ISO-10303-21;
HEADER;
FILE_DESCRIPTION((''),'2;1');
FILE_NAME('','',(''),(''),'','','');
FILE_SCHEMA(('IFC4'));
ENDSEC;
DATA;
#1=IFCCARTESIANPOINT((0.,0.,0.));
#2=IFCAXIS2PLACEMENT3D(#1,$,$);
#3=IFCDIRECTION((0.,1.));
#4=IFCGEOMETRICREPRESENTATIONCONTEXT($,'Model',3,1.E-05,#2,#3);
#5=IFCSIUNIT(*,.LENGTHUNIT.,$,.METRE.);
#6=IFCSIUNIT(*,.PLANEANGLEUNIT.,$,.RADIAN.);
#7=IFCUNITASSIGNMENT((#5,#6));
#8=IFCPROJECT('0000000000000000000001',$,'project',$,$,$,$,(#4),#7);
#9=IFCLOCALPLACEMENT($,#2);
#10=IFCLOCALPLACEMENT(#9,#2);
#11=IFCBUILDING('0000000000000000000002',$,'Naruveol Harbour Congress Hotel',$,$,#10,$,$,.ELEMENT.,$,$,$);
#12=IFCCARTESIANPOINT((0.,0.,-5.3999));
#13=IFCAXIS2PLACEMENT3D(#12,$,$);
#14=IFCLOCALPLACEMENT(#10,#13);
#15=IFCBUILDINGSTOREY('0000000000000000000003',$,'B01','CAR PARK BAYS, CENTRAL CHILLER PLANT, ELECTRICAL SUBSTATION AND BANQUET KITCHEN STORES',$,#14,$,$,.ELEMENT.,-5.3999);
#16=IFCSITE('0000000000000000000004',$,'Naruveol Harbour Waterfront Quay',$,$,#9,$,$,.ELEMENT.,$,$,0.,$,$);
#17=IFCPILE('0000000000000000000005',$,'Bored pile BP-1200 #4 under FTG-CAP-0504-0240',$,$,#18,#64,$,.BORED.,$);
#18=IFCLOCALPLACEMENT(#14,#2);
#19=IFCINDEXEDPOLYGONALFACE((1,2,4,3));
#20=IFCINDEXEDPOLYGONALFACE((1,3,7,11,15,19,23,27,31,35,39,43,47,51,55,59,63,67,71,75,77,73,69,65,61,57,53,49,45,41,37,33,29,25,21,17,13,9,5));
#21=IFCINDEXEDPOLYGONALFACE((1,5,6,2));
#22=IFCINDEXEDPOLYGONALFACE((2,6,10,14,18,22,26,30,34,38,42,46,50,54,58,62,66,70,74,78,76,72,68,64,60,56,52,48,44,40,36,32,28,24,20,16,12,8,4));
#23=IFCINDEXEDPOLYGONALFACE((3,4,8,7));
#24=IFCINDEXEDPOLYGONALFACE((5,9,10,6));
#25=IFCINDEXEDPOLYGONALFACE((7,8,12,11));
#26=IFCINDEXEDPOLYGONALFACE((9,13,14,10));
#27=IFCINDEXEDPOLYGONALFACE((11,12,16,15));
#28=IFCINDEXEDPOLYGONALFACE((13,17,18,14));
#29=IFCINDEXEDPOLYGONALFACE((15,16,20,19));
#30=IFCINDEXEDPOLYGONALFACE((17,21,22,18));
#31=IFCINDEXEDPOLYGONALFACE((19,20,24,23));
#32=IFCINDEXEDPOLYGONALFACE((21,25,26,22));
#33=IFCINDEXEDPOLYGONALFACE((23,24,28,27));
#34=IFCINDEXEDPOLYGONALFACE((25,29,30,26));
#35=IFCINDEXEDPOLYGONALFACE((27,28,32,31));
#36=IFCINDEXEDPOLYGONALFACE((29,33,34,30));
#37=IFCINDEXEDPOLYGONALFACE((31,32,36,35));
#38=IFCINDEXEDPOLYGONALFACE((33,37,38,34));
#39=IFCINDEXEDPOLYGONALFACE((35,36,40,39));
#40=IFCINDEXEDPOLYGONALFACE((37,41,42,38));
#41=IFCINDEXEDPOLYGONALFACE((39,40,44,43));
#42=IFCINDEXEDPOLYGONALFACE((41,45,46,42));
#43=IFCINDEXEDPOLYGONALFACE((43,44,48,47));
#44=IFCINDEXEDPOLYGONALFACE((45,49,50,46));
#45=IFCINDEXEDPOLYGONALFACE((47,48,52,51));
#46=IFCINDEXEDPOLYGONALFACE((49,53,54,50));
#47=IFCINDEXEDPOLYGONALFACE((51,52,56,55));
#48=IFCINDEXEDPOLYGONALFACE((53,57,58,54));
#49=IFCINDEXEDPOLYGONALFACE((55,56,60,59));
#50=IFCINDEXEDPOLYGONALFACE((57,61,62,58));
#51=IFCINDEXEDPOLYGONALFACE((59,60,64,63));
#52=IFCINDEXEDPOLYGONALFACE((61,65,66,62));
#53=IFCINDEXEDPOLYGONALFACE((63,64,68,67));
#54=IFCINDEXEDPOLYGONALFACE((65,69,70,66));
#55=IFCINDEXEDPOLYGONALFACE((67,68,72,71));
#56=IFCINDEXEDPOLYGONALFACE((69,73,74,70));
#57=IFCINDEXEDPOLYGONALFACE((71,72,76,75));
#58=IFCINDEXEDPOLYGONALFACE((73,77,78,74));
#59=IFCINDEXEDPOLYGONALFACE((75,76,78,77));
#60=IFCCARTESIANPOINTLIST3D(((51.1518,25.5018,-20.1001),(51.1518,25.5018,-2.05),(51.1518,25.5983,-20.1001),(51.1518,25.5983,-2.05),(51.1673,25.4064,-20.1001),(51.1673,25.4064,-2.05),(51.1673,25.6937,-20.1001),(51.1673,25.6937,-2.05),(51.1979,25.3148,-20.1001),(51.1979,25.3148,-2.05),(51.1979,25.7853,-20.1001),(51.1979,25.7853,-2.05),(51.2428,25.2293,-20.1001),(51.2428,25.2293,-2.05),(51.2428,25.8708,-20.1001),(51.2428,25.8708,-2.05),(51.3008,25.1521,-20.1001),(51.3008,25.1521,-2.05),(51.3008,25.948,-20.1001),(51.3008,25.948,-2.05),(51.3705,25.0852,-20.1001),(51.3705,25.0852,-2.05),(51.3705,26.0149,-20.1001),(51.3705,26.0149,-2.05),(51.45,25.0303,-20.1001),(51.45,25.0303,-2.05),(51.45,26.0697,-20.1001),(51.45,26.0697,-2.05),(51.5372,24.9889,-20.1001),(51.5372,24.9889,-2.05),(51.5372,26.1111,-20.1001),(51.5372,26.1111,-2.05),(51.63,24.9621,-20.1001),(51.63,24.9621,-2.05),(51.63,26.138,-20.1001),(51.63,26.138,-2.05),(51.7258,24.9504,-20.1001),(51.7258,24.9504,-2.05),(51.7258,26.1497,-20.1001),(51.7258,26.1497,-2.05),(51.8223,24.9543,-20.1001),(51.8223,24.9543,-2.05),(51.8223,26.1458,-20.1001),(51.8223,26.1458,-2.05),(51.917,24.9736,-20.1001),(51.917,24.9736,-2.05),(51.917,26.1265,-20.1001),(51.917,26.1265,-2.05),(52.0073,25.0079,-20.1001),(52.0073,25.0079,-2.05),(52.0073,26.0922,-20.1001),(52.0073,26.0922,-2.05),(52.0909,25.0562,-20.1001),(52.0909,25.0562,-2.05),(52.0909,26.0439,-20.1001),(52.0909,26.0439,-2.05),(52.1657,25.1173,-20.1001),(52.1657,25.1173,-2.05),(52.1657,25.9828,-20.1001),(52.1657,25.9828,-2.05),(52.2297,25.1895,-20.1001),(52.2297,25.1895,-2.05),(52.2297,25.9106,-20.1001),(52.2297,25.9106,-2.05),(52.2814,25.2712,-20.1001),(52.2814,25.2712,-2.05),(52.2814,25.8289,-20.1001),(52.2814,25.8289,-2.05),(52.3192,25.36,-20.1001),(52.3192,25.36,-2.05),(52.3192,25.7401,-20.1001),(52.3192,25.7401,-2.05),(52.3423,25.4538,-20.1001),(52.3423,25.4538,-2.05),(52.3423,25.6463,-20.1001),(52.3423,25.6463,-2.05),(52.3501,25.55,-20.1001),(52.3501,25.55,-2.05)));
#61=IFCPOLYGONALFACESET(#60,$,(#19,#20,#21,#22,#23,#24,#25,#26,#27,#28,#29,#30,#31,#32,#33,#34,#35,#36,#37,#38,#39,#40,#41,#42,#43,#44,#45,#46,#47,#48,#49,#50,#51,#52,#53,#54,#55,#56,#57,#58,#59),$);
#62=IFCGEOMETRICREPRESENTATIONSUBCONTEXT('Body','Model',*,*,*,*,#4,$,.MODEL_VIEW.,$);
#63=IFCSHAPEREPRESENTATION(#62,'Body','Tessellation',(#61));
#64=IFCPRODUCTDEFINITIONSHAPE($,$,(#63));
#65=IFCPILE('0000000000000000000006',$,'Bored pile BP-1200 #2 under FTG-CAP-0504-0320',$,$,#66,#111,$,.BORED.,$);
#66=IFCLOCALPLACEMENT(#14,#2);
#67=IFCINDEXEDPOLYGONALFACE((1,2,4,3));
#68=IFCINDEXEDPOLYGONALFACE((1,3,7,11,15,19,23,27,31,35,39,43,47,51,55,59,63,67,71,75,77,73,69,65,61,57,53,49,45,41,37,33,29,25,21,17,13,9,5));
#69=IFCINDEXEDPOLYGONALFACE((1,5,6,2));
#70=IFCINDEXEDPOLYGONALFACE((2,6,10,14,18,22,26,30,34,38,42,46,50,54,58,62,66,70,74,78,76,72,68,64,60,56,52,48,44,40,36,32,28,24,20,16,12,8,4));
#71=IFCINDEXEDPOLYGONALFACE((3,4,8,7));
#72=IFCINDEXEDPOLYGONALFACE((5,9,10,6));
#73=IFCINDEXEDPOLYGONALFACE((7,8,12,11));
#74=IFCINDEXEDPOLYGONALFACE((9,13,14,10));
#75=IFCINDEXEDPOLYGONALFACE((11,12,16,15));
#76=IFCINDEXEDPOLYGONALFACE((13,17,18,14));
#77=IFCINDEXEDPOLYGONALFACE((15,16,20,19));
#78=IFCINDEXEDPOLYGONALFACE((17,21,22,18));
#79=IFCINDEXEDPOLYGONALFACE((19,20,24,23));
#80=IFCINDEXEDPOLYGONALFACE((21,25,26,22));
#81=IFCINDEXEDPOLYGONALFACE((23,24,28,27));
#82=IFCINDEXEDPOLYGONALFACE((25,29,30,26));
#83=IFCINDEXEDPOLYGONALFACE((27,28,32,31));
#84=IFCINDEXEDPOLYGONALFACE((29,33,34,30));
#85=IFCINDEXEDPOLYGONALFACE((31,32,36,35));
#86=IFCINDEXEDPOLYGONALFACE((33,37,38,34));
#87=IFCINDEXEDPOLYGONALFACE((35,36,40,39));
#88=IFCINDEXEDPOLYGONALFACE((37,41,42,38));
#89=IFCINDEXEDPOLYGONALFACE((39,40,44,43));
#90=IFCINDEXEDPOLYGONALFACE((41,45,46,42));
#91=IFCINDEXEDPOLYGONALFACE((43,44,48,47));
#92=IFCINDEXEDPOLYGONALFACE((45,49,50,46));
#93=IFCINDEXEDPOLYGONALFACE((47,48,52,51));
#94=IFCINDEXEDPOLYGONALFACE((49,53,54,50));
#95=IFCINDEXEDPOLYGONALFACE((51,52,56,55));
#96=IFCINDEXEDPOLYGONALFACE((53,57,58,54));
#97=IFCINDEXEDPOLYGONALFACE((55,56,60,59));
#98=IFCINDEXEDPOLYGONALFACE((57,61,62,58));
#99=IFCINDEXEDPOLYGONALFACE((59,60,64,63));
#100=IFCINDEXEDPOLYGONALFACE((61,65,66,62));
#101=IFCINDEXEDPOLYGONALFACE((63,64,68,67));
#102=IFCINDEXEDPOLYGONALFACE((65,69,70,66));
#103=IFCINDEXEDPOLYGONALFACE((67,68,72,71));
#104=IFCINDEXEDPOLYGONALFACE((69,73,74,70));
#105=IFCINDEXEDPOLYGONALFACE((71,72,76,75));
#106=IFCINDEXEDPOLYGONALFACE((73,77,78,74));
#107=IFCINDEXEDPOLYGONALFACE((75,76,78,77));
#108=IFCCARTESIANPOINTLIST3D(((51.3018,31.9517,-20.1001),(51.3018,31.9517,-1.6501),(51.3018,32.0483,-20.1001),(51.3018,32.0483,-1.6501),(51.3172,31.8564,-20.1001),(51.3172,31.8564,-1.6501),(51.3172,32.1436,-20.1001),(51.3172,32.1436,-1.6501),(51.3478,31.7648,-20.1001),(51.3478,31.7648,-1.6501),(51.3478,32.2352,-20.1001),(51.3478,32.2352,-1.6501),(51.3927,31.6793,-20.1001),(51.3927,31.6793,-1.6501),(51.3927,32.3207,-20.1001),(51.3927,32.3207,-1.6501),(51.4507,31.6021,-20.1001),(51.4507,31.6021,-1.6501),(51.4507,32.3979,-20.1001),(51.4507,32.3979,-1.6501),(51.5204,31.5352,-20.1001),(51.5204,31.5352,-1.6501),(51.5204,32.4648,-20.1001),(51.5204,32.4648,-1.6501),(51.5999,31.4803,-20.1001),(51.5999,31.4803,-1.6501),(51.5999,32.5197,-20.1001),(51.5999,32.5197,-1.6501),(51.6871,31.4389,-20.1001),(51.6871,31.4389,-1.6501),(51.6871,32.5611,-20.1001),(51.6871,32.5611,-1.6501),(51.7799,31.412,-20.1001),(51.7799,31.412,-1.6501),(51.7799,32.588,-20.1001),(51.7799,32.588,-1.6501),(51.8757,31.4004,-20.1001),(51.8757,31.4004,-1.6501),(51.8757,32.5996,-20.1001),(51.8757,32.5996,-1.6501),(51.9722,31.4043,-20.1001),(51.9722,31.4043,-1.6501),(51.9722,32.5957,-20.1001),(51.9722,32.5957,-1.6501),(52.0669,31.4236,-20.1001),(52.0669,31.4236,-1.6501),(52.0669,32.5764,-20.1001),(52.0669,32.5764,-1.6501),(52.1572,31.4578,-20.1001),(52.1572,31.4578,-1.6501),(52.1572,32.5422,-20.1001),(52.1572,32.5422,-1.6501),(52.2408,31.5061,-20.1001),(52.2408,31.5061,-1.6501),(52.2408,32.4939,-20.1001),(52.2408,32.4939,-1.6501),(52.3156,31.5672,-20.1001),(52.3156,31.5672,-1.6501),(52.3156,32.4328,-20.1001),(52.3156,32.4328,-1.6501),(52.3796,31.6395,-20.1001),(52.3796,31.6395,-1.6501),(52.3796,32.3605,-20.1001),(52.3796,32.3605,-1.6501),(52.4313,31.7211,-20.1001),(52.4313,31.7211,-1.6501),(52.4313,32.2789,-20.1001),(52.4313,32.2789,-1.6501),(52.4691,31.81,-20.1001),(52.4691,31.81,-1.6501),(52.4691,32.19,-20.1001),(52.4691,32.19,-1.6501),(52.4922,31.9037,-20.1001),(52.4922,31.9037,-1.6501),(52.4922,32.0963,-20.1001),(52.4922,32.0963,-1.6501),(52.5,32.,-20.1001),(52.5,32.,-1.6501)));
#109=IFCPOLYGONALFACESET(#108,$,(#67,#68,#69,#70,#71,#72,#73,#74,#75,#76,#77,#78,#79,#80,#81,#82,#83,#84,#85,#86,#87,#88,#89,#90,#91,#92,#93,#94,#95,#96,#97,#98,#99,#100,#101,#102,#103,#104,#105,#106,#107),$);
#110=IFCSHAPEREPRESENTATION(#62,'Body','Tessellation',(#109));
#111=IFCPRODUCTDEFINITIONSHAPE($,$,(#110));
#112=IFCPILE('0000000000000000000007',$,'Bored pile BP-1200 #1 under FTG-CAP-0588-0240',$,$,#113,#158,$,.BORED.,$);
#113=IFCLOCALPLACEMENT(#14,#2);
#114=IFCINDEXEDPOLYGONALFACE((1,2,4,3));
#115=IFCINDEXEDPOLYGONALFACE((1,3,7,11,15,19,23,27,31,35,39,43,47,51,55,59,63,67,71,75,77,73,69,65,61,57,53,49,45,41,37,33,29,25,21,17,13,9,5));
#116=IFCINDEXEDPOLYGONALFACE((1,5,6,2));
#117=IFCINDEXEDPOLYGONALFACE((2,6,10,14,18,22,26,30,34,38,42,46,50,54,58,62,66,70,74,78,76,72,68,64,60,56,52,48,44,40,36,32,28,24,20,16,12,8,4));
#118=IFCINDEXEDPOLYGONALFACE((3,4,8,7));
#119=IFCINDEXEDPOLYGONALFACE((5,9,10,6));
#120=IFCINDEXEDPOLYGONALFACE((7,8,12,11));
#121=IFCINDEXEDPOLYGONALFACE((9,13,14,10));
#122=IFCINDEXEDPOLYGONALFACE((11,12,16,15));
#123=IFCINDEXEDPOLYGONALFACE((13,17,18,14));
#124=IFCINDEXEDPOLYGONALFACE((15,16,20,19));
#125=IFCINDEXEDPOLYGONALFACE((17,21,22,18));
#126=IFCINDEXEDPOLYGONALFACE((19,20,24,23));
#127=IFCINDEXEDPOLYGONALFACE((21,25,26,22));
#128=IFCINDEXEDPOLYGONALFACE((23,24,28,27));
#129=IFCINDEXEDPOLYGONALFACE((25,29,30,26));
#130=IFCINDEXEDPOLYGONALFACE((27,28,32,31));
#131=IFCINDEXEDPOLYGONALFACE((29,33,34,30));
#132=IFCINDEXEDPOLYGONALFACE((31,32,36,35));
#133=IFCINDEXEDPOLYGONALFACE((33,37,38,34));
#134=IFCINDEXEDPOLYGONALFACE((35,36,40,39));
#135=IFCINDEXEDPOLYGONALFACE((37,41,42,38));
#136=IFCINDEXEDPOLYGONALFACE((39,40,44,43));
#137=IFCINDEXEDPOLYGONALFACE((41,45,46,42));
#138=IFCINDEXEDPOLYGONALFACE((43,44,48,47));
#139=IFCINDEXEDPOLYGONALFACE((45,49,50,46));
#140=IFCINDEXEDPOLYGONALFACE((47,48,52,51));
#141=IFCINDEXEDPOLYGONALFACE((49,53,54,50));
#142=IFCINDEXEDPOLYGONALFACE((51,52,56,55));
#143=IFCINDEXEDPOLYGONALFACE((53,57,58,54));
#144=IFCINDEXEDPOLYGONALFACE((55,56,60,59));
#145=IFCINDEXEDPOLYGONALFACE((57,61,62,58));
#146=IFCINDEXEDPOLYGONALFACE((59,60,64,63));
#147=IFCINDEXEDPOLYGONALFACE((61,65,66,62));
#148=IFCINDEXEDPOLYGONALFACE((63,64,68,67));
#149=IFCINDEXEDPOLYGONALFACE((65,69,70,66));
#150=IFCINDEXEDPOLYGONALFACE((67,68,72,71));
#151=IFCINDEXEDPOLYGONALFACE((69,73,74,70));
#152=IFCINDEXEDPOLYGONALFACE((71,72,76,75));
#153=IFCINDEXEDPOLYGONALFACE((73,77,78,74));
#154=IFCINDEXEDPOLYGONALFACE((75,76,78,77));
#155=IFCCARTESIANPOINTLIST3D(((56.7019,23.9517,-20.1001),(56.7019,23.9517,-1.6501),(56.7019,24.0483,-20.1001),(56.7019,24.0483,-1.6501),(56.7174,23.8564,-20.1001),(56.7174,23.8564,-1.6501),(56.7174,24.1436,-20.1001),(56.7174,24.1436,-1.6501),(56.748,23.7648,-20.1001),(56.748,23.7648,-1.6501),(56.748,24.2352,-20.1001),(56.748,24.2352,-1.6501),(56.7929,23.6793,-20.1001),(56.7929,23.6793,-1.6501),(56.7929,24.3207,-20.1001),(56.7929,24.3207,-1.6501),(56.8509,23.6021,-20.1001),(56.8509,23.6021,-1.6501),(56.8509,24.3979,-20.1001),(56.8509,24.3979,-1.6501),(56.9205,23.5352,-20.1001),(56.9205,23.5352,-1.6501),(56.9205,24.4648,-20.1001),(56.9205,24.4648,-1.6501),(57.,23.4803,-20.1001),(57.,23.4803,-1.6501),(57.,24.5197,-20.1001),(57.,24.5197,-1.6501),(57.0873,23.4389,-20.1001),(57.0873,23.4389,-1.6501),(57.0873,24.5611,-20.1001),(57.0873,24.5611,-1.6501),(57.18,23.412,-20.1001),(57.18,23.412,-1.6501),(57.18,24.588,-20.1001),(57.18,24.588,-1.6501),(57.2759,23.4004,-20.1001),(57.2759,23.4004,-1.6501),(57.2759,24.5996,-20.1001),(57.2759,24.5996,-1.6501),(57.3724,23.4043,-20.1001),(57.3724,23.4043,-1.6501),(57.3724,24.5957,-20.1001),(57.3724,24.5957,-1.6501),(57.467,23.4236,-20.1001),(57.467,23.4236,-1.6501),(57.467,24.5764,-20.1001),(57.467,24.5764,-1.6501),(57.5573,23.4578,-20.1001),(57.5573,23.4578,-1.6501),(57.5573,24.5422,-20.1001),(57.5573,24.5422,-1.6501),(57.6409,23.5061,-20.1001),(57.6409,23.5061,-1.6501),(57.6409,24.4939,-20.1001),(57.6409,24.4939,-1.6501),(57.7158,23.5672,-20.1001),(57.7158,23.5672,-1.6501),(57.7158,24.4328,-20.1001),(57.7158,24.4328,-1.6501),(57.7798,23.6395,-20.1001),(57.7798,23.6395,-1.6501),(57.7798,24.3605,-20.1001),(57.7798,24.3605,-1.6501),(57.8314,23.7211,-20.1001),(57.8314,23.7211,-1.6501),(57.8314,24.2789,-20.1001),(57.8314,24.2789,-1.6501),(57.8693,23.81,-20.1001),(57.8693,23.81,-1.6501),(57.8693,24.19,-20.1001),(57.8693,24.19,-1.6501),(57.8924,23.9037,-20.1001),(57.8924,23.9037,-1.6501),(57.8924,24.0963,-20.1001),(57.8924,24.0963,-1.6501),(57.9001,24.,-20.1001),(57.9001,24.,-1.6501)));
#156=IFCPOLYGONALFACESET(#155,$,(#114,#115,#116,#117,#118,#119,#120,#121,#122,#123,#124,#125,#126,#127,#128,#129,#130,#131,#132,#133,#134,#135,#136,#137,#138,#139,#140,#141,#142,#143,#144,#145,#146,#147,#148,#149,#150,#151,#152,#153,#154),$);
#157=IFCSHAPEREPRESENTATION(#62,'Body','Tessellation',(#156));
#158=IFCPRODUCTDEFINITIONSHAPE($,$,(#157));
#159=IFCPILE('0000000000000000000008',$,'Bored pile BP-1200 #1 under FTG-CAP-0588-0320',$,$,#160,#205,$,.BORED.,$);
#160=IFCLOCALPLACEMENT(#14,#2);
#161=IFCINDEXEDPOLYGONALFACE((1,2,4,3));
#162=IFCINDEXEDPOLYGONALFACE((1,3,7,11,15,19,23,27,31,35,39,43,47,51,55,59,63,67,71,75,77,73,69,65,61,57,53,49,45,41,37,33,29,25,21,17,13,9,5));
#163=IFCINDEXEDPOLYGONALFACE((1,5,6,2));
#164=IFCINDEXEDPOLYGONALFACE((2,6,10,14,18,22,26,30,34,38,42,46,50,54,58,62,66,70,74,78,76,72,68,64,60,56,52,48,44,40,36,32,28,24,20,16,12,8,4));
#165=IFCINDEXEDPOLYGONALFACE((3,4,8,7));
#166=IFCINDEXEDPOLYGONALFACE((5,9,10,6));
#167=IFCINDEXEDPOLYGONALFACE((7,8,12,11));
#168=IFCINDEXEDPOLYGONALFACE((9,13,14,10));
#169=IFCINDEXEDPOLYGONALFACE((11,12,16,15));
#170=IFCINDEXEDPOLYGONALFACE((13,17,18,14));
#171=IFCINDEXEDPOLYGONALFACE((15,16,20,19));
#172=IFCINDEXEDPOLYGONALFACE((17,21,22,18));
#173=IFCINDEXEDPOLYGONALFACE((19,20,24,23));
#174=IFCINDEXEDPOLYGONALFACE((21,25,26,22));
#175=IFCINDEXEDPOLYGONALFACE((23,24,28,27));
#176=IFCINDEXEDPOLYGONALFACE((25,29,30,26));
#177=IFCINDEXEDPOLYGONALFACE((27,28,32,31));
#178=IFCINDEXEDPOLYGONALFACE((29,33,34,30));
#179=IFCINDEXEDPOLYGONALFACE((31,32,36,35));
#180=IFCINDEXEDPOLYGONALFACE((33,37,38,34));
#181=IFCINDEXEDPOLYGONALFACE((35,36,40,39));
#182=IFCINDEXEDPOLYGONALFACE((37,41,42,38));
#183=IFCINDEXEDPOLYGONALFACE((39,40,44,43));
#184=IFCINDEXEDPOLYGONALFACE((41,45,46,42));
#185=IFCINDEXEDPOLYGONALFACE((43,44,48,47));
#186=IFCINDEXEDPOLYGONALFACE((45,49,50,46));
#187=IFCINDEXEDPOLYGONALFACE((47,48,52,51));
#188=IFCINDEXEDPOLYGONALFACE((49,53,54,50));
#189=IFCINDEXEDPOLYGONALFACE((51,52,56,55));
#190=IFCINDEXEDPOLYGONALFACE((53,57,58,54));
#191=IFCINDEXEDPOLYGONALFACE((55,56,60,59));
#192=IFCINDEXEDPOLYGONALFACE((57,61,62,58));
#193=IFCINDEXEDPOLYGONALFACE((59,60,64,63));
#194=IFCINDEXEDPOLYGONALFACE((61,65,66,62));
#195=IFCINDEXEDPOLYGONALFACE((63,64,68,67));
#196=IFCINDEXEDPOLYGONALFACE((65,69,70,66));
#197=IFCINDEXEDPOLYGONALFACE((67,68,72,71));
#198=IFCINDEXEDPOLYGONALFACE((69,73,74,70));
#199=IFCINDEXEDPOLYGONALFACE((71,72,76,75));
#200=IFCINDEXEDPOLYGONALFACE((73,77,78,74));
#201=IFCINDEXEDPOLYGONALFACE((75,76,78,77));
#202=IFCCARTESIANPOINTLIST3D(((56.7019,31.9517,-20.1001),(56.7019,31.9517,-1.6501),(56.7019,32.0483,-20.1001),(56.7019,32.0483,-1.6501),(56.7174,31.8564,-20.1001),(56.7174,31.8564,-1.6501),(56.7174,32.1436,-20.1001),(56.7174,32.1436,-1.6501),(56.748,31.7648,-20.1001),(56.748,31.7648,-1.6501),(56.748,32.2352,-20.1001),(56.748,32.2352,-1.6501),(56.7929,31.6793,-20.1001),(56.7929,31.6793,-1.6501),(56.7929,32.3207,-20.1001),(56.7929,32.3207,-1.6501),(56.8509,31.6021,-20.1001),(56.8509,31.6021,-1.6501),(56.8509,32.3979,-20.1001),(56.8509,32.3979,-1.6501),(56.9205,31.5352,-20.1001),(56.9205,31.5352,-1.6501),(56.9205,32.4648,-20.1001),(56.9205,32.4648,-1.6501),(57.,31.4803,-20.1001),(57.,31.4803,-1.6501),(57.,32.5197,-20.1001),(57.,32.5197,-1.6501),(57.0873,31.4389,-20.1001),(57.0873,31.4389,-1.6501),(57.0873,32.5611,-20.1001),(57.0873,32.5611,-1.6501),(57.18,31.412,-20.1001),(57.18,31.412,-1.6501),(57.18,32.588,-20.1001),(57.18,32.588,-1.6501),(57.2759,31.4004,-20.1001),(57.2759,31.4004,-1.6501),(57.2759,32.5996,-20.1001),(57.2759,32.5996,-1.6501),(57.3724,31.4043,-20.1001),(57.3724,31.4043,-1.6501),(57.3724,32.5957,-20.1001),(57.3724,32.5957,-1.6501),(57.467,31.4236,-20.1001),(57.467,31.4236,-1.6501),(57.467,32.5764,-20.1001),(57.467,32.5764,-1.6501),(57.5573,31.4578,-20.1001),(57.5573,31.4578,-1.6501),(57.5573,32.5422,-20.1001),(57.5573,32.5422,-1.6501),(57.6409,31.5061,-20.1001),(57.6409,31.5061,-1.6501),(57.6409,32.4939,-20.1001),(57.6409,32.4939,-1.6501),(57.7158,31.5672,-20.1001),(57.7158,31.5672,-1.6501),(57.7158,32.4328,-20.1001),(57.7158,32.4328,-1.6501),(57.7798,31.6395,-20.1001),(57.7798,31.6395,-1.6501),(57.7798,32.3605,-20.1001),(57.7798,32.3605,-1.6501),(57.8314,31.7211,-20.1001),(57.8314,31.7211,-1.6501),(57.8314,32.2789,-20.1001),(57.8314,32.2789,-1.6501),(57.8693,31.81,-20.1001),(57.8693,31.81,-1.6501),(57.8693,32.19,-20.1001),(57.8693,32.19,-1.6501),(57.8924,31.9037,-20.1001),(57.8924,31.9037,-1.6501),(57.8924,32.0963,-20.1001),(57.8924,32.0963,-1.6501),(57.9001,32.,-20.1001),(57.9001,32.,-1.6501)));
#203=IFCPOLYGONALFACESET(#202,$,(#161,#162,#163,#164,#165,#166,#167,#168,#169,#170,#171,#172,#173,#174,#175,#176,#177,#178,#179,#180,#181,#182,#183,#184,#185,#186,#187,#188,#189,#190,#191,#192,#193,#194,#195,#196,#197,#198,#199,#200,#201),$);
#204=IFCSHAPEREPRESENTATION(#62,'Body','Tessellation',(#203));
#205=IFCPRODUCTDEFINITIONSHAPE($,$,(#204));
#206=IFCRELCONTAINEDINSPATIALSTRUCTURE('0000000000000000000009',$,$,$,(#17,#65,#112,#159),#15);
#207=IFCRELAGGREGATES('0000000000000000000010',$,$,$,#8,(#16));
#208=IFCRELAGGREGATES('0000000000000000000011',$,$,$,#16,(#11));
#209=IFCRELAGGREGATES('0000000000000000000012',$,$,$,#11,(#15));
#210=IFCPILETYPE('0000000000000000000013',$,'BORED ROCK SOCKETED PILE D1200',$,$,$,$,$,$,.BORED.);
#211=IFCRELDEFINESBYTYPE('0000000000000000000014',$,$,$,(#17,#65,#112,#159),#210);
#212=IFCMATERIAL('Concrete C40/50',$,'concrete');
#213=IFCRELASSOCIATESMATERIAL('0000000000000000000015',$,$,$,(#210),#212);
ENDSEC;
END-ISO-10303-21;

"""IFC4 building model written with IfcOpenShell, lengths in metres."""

from ifc_helpers import new_model, si_unit, direction, frame, origin, origin_2d, place, context, subcontext, project, spatial, circle, extrude, material, material_profile, profile_set, type_object, element, save


model = new_model("IFC4")

# Units and contexts
model_context = context("Model", 3, precision=1e-05, world=origin(), true_north=direction((0.0, 1.0)))
body_context = subcontext(model_context, "Body", "Model", "MODEL_VIEW")
ifc_project = project(units=[si_unit("LENGTHUNIT", "METRE"), si_unit("PLANEANGLEUNIT", "RADIAN")], contexts=[model_context])

# Site, building, storey
site_placement = place(None, origin())
site = spatial("IfcSite", under=ifc_project, at=site_placement, Name="Naruveol Harbour Waterfront Quay", CompositionType="ELEMENT", RefElevation=0.0)
building_placement = place(site_placement, origin())
building = spatial("IfcBuilding", under=site, at=building_placement, Name="Naruveol Harbour Congress Hotel", CompositionType="ELEMENT")
storey_placement = place(building_placement, frame((0.0, 0.0, -5.3999)))
storey = spatial("IfcBuildingStorey", under=building, at=storey_placement, Name="B01", Description="CAR PARK BAYS, CENTRAL CHILLER PLANT, ELECTRICAL SUBSTATION AND BANQUET KITCHEN STORES", CompositionType="ELEMENT", Elevation=-5.3999)

# Piles
ifc_material_1 = material(Name="Concrete C40/50", Category="concrete")
ifc_material_profile_1 = material_profile(ifc_material_1, circle(Radius=0.6001, at=origin_2d()), Name="BP-1200")
ifc_profile_set_1 = profile_set([ifc_material_profile_1], Name="Concrete C40/50")
pile_type = type_object("IfcPileType", Name="BORED ROCK SOCKETED PILE D1200", PredefinedType="BORED", material=ifc_profile_set_1)
pile_placement = place(storey_placement, frame((51.75, 25.55, -2.05), z_axis=(0.0, 0.0, -1.0), x_axis=(1.0, 0.0, 0.0)))
element("IfcPile", 1, at=pile_placement, inside=storey, type_object=pile_type, Name="Bored pile BP-1200 #4 under FTG-CAP-0504-0240", PredefinedType="BORED", context=body_context, shape_type="SweptSolid", body=[
    extrude(circle(Radius=0.6001, at=origin_2d()), origin(), (0.0, 0.0, 1.0), 18.05),
])
for number, where, z_axis, x_axis, name in (
    (2, (51.8999, 32.0, -1.6501), (0.0, 0.0, -1.0), (1.0, 0.0, 0.0), "Bored pile BP-1200 #2 under FTG-CAP-0504-0320"),
    (3, (57.3, 24.0, -1.6501), (0.0, 0.0, -1.0), (1.0, 0.0, 0.0), "Bored pile BP-1200 #1 under FTG-CAP-0588-0240"),
    (4, (57.3, 32.0, -1.6501), (0.0, 0.0, -1.0), (1.0, 0.0, 0.0), "Bored pile BP-1200 #1 under FTG-CAP-0588-0320"),
):
    element("IfcPile", number, at=place(storey_placement, frame(where, z_axis=z_axis, x_axis=x_axis)), inside=storey, type_object=pile_type, Name=name, PredefinedType="BORED", context=body_context, shape_type="SweptSolid", body=[
        extrude(circle(Radius=0.6001, at=origin_2d()), origin(), (0.0, 0.0, 1.0), 18.45),
    ])

save(model, "model.ifc")
